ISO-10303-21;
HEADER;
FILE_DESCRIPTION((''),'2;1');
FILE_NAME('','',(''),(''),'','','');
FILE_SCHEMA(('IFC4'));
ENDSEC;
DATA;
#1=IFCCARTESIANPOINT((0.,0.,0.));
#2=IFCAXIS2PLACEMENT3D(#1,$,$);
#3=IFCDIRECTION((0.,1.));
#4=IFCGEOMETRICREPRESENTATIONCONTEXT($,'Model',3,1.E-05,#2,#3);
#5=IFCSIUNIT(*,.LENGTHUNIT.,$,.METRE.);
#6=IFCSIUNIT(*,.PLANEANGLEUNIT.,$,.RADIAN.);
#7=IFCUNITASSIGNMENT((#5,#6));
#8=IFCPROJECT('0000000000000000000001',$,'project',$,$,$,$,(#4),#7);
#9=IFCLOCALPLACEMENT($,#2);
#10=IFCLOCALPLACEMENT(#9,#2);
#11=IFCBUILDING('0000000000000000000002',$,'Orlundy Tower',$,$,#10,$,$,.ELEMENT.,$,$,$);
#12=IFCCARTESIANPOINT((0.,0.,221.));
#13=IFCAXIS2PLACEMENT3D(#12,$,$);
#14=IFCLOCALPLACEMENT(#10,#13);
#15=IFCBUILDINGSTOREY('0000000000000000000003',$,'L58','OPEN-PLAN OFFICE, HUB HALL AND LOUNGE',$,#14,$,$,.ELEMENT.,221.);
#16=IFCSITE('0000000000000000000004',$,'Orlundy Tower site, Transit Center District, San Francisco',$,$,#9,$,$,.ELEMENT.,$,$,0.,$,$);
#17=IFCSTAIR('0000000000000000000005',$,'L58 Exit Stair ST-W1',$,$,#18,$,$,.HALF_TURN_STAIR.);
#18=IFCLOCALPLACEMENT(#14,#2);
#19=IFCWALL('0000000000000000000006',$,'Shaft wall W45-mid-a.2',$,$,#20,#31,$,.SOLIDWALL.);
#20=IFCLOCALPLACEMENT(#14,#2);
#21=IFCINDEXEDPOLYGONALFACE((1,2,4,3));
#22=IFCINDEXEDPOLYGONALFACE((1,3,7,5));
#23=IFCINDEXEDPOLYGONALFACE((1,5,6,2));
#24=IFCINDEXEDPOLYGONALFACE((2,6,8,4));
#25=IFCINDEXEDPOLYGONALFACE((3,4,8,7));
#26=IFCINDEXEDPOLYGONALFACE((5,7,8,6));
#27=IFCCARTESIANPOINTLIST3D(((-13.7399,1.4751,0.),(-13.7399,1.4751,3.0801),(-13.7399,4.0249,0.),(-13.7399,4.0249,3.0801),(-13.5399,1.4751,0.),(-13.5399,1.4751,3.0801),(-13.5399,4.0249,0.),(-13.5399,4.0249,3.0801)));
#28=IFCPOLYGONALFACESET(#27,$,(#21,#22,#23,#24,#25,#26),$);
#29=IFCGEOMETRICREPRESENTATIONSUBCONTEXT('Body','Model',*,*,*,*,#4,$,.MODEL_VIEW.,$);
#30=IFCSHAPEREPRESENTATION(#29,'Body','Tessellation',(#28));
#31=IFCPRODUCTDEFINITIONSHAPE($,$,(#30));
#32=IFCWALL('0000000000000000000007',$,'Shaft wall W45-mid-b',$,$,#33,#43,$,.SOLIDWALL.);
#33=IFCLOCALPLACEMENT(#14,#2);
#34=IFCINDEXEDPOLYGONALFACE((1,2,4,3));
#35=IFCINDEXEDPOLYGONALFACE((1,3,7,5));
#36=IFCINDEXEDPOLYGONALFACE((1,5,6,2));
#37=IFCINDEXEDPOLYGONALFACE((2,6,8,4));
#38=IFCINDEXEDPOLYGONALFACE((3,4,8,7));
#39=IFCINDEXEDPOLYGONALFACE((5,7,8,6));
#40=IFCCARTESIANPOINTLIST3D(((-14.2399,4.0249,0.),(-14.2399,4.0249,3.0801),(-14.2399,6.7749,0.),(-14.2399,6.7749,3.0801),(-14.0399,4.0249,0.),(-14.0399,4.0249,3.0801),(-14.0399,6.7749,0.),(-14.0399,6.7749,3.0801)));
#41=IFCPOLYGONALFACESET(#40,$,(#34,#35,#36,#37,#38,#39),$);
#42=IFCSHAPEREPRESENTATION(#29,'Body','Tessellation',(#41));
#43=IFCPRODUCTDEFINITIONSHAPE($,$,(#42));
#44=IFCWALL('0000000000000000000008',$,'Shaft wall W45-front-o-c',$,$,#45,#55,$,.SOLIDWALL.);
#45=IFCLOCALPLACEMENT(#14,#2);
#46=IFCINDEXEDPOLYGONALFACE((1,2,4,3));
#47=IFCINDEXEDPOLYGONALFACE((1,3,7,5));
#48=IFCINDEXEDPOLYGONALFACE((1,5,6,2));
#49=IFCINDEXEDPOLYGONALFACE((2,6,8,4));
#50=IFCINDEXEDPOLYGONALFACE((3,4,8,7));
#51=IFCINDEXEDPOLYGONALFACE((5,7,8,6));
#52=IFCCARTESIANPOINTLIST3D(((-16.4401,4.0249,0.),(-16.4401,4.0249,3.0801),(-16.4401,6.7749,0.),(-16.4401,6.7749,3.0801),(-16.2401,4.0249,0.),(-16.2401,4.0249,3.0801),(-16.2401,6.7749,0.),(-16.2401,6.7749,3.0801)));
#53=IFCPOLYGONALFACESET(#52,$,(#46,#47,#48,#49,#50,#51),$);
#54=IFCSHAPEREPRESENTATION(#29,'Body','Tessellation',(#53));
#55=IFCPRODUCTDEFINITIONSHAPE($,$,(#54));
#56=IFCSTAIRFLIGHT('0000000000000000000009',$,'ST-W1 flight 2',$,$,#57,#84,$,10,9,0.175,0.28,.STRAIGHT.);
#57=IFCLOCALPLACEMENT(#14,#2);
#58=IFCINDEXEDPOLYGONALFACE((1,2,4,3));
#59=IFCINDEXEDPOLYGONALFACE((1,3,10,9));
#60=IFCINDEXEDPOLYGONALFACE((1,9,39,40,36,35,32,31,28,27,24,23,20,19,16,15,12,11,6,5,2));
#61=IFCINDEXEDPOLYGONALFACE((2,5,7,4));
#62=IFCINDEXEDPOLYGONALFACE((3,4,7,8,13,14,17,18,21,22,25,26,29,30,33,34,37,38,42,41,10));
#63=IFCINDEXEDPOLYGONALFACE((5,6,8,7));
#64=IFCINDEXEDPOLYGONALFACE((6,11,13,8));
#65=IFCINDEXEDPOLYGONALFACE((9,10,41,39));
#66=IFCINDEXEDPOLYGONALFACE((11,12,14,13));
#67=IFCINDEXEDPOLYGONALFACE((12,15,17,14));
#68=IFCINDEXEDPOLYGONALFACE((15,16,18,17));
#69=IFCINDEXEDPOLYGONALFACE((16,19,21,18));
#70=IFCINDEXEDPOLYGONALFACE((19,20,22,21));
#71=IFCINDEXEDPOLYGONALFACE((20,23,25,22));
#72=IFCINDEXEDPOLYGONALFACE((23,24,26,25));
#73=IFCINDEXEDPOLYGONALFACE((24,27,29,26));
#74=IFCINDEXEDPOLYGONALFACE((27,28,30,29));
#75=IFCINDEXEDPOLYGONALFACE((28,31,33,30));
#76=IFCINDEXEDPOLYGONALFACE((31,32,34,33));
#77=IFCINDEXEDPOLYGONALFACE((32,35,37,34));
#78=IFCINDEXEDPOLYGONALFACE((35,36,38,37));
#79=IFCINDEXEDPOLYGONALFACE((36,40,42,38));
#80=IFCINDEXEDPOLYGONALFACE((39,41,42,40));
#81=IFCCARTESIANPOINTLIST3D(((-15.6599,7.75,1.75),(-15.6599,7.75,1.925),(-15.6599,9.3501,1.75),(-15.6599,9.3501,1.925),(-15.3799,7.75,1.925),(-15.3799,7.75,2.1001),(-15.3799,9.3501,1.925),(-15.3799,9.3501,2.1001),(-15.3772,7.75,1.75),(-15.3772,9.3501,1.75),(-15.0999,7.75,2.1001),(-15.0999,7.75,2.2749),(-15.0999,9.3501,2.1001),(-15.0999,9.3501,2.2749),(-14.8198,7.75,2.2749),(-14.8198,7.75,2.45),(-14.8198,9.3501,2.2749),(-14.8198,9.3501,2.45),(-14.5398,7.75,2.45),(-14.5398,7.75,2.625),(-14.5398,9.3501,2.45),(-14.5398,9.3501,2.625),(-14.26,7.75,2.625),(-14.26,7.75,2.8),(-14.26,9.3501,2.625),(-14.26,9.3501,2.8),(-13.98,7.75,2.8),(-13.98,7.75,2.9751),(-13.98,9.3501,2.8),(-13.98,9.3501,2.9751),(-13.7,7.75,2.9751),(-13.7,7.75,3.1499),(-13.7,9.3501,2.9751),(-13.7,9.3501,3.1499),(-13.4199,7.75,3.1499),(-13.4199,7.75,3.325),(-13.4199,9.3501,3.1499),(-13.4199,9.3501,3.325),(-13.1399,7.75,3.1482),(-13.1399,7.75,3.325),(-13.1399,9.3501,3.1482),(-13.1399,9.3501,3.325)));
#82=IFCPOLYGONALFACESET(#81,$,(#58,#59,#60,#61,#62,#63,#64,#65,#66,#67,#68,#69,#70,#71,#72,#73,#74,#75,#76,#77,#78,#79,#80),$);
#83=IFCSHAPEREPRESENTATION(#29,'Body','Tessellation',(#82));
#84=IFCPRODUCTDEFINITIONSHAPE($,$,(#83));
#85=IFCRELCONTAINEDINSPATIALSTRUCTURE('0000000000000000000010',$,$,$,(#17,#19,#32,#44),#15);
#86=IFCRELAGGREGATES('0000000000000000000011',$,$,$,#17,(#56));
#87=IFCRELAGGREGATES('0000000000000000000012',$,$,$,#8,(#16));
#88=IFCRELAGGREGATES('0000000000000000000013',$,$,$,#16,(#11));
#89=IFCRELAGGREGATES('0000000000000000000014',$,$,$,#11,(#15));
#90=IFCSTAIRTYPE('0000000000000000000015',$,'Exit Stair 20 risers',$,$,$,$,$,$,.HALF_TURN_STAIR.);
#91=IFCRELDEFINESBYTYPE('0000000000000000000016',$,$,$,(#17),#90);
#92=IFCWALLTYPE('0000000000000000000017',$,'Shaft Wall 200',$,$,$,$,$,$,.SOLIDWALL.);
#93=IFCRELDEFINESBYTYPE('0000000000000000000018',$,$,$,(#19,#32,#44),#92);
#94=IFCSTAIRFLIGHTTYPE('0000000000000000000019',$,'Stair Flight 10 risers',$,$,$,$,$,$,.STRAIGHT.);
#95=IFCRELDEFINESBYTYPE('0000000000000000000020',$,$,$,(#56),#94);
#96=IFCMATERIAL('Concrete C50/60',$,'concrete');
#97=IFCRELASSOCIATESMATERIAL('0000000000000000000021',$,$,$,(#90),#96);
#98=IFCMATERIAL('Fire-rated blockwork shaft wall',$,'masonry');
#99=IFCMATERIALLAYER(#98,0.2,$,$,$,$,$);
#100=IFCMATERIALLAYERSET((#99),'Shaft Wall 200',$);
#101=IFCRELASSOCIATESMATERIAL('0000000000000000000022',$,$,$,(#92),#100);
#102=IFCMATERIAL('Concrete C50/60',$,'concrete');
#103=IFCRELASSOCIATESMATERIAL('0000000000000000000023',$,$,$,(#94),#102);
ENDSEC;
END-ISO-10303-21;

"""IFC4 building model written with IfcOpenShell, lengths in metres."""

from ifc_helpers import new_model, si_unit, direction, frame, frame_2d, origin, place, context, subcontext, project, spatial, polyline, rectangle, outline, extrude, material, layer, layer_set, type_object, element, aggregate, save


model = new_model("IFC4")

# Units and contexts
model_context = context("Model", 3, precision=1e-05, world=origin(), true_north=direction((0.0, 1.0)))
body_context = subcontext(model_context, "Body", "Model", "MODEL_VIEW")
ifc_project = project(units=[si_unit("LENGTHUNIT", "METRE"), si_unit("PLANEANGLEUNIT", "RADIAN")], contexts=[model_context])

# Site, building, storey
site_placement = place(None, origin())
site = spatial("IfcSite", under=ifc_project, at=site_placement, Name="Orlundy Tower site, Transit Center District, San Francisco", CompositionType="ELEMENT", RefElevation=0.0)
building_placement = place(site_placement, origin())
building = spatial("IfcBuilding", under=site, at=building_placement, Name="Orlundy Tower", CompositionType="ELEMENT")
storey_placement = place(building_placement, frame((0.0, 0.0, 221.0)))
storey = spatial("IfcBuildingStorey", under=building, at=storey_placement, Name="L58", Description="OPEN-PLAN OFFICE, HUB HALL AND LOUNGE", CompositionType="ELEMENT", Elevation=221.0)

# Stair
ifc_material_1 = material(Name="Concrete C50/60", Category="concrete")
stair_type = type_object("IfcStairType", Name="Exit Stair 20 risers", PredefinedType="HALF_TURN_STAIR", material=ifc_material_1)
stair_1_placement = place(storey_placement, origin())
stair_1 = element("IfcStair", 1, at=stair_1_placement, inside=storey, type_object=stair_type, Name="L58 Exit Stair ST-W1", PredefinedType="HALF_TURN_STAIR")

# Walls
ifc_material_2 = material(Name="Fire-rated blockwork shaft wall", Category="masonry")
ifc_layer_1 = layer(ifc_material_2, 0.2)
ifc_layer_set_1 = layer_set([ifc_layer_1], Name="Shaft Wall 200")
wall_type_1 = type_object("IfcWallType", Name="Shaft Wall 200", PredefinedType="SOLIDWALL", material=ifc_layer_set_1)
wall_1_placement = place(storey_placement, frame((-13.6399, 1.4751, 0.0), z_axis=(0.0, 0.0, 1.0), x_axis=(0.0, 1.0, 0.0)))
element("IfcWall", 2, at=wall_1_placement, inside=storey, type_object=wall_type_1, Name="Shaft wall W45-mid-a.2", PredefinedType="SOLIDWALL", context=body_context, shape_type="SweptSolid", body=[
    extrude(rectangle(XDim=2.5498, YDim=0.2, at=frame_2d((1.2749, 0.0))), origin(), (0.0, 0.0, 1.0), 3.0801),
])
for number, where, z_axis, x_axis, name in (
    (3, (-14.1399, 4.0249, 0.0), (0.0, 0.0, 1.0), (0.0, 1.0, 0.0), "Shaft wall W45-mid-b"),
    (4, (-16.3401, 4.0249, 0.0), (0.0, 0.0, 1.0), (0.0, 1.0, 0.0), "Shaft wall W45-front-o-c"),
):
    element("IfcWall", number, at=place(storey_placement, frame(where, z_axis=z_axis, x_axis=x_axis)), inside=storey, type_object=wall_type_1, Name=name, PredefinedType="SOLIDWALL", context=body_context, shape_type="SweptSolid", body=[
        extrude(rectangle(XDim=2.75, YDim=0.2, at=frame_2d((1.375, 0.0))), origin(), (0.0, 0.0, 1.0), 3.0801),
    ])

# Stair flight
ifc_material_3 = material(Name="Concrete C50/60", Category="concrete")
stair_flight_type = type_object("IfcStairFlightType", Name="Stair Flight 10 risers", PredefinedType="STRAIGHT", material=ifc_material_3)
stair_flight_placement = place(storey_placement, frame((-15.6599, 8.55, 1.75), z_axis=(0.0, 0.0, 1.0), x_axis=(1.0, 0.0, 0.0)))
stair_flight = element("IfcStairFlight", 5, at=stair_flight_placement, type_object=stair_flight_type, Name="ST-W1 flight 2", NumberOfRisers=10, NumberOfTreads=9, PredefinedType="STRAIGHT", RiserHeight=0.175, TreadLength=0.28, context=body_context, shape_type="SweptSolid", body=[
    extrude(outline(polyline([(0.0, 0.0), (0.0, 0.175), (0.28, 0.175), (0.28, 0.3501), (0.5601, 0.3501), (0.5601, 0.5249), (0.8401, 0.5249), (0.8401, 0.7), (1.1201, 0.7), (1.1201, 0.875), (1.3999, 0.875), (1.3999, 1.05), (1.6799, 1.05), (1.6799, 1.2251), (1.96, 1.2251), (1.96, 1.3999), (2.24, 1.3999), (2.24, 1.575), (2.52, 1.575), (2.52, 1.75), (2.52, 1.3982), (0.2827, 0.0), (0.0, 0.0)])), frame((0.0, 0.8, 0.0), z_axis=(0.0, -1.0, 0.0), x_axis=(1.0, 0.0, 0.0)), (0.0, 0.0, 1.0), 1.6001),
])
aggregate(stair_1, [stair_flight])

save(model, "model.ifc")
